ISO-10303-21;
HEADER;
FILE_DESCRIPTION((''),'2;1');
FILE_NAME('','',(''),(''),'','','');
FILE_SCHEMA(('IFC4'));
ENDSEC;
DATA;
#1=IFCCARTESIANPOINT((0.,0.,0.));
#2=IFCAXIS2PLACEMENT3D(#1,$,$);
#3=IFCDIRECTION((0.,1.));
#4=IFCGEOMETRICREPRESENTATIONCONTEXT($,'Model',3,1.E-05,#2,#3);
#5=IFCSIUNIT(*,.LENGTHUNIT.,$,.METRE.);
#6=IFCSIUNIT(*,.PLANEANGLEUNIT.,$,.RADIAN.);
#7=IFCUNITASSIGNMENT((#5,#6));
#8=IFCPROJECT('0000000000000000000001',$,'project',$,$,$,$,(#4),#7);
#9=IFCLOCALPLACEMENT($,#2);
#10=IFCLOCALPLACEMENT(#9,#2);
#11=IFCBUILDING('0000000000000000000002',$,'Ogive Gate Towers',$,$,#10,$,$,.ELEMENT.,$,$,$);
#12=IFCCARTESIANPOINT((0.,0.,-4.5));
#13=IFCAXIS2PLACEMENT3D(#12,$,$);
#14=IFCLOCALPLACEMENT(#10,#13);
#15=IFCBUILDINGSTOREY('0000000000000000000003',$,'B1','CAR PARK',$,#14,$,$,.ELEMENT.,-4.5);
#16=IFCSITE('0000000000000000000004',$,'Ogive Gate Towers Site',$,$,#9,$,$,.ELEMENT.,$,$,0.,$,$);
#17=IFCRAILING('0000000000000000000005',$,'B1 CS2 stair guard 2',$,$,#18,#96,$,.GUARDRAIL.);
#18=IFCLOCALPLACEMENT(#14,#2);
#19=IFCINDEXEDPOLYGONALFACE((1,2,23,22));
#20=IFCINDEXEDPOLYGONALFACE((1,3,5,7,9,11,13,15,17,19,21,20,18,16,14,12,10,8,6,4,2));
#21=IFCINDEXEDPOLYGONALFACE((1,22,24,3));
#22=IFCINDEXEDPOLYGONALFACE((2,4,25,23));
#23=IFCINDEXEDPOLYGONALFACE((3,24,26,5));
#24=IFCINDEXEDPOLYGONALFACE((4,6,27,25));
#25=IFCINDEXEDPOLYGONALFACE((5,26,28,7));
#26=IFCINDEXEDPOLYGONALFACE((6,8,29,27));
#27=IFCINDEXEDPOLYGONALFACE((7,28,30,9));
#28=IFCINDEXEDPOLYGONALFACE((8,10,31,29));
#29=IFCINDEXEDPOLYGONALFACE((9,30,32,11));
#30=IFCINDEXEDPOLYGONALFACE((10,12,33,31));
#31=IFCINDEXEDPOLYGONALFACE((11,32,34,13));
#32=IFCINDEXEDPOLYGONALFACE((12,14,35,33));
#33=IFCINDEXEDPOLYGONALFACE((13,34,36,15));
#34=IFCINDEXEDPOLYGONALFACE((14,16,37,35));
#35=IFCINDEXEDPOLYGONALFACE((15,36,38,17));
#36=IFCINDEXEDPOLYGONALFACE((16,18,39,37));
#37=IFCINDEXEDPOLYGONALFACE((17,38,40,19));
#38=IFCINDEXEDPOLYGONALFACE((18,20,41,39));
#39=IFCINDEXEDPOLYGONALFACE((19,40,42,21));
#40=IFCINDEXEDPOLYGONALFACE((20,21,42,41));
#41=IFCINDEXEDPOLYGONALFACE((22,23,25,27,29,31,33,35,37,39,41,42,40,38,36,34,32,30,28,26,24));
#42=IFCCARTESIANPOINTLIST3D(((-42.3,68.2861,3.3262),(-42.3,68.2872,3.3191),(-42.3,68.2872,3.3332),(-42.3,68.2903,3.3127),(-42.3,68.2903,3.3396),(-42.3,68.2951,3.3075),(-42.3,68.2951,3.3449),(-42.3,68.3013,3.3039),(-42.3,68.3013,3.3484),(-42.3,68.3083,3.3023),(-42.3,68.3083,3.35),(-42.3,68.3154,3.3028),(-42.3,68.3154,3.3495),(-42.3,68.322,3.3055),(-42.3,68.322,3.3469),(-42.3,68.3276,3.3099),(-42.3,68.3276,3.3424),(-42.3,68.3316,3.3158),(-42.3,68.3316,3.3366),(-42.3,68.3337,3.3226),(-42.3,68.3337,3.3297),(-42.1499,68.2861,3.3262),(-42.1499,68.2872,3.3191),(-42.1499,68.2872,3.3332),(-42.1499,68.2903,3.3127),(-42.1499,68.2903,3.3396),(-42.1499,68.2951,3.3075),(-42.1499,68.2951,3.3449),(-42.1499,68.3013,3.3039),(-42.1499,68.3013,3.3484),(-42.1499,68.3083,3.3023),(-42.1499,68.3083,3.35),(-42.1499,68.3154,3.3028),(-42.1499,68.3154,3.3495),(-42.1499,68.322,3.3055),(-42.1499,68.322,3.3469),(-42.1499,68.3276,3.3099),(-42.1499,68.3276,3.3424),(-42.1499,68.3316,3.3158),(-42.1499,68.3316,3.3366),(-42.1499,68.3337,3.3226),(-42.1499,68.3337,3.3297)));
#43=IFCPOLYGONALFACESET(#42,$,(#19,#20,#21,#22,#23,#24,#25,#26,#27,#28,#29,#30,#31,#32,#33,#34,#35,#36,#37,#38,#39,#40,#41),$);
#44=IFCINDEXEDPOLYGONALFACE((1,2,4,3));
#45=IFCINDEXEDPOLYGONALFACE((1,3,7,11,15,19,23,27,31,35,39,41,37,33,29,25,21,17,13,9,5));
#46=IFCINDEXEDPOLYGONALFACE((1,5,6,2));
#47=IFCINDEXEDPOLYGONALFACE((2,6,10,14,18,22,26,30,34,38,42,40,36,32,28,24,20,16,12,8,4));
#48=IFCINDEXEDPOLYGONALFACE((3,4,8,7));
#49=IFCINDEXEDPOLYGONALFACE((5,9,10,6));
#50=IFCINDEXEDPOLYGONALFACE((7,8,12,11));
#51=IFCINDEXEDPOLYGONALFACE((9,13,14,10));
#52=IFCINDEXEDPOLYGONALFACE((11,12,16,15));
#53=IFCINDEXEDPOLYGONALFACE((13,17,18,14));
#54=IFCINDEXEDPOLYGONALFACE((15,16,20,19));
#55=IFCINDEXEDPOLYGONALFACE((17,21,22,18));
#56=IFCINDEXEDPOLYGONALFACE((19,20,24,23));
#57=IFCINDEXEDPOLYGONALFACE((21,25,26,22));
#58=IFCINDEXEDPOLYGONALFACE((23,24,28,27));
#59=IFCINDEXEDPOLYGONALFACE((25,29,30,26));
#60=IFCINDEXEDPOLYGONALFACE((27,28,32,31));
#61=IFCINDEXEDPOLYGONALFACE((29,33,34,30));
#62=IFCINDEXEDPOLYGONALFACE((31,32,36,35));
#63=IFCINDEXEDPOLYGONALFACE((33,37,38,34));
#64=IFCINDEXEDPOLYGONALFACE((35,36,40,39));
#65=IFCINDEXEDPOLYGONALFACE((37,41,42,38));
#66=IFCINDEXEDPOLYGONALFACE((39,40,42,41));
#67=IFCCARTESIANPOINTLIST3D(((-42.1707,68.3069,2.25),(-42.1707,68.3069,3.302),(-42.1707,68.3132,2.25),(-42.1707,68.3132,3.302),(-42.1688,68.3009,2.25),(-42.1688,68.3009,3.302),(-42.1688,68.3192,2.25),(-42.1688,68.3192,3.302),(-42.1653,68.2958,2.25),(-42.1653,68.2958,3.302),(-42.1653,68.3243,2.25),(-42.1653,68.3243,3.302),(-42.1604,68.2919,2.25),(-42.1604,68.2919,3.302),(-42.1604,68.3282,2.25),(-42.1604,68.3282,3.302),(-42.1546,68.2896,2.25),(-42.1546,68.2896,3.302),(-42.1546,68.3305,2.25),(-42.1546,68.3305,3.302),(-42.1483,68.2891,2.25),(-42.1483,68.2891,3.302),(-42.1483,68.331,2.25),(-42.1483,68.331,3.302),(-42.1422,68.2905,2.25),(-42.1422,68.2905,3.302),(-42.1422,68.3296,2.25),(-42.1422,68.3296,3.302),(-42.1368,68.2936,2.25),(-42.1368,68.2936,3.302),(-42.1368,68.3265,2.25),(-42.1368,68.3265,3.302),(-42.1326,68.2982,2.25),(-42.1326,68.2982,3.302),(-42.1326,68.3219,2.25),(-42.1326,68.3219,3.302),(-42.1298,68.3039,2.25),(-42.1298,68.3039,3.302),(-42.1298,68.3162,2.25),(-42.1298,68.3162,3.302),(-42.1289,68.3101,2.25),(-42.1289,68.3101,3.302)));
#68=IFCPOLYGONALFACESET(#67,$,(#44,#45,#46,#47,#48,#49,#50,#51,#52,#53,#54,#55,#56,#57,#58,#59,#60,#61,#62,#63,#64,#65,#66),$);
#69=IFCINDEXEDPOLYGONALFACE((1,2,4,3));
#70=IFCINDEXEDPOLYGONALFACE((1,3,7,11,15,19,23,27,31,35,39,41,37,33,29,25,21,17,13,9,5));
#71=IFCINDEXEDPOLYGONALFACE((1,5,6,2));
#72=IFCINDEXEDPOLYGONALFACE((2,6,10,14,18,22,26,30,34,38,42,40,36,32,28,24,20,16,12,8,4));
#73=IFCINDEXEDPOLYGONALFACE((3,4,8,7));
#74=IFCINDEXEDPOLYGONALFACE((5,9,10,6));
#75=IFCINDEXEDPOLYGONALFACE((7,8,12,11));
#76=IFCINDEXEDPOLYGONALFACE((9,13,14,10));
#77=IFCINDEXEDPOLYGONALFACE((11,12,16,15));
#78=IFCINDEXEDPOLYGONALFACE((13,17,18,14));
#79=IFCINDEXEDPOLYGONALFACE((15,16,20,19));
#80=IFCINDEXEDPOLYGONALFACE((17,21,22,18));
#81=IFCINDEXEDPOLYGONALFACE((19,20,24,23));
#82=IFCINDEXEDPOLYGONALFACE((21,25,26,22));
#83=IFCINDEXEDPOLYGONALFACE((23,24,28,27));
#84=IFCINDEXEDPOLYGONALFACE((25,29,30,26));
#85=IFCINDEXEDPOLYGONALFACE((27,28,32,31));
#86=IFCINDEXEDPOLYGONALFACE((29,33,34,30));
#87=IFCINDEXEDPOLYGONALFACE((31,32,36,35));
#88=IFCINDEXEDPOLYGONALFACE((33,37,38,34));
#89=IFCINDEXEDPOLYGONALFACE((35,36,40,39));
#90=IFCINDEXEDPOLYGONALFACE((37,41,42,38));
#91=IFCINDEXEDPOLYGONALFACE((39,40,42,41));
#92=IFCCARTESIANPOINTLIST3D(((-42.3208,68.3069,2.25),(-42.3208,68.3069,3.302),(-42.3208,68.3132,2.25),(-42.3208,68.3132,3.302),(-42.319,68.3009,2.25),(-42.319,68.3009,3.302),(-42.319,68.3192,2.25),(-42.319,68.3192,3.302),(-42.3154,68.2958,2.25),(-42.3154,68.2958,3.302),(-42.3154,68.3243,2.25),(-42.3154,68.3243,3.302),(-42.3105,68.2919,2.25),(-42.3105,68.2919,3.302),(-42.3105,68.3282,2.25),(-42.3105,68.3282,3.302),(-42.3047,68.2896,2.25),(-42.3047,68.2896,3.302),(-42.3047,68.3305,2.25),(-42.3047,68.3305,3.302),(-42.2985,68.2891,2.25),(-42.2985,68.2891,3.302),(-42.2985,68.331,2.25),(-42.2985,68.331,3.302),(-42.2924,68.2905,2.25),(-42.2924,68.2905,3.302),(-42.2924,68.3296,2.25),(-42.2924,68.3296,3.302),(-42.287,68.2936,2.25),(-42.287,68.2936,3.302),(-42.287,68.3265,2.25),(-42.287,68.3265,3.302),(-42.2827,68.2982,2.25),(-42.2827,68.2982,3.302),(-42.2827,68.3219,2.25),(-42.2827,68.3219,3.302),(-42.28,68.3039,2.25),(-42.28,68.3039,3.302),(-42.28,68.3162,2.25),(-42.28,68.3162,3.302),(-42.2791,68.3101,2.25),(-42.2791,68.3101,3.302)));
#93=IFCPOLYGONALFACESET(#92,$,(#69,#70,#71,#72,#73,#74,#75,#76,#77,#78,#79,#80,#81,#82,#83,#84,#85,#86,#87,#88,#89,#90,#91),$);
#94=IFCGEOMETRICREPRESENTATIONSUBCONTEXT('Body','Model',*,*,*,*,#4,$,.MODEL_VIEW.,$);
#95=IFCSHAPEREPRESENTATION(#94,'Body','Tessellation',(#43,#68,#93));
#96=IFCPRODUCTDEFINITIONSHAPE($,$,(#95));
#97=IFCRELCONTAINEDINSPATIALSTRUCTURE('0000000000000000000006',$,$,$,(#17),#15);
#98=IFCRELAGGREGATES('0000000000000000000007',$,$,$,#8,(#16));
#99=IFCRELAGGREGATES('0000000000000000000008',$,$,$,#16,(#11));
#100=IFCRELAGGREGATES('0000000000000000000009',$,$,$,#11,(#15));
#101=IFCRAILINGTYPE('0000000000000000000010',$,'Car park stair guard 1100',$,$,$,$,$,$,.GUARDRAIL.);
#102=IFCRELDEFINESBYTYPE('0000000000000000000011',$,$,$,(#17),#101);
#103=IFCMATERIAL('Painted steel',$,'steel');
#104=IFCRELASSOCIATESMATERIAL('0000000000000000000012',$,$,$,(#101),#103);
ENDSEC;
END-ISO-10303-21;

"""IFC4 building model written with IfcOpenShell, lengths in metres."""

from ifc_helpers import new_model, si_unit, direction, frame, origin, origin_2d, place, context, subcontext, project, spatial, circle, extrude, material, type_object, element, save


model = new_model("IFC4")

# Units and contexts
model_context = context("Model", 3, precision=1e-05, world=origin(), true_north=direction((0.0, 1.0)))
body_context = subcontext(model_context, "Body", "Model", "MODEL_VIEW")
ifc_project = project(units=[si_unit("LENGTHUNIT", "METRE"), si_unit("PLANEANGLEUNIT", "RADIAN")], contexts=[model_context])

# Site, building, storey
site_placement = place(None, origin())
site = spatial("IfcSite", under=ifc_project, at=site_placement, Name="Ogive Gate Towers Site", CompositionType="ELEMENT", RefElevation=0.0)
building_placement = place(site_placement, origin())
building = spatial("IfcBuilding", under=site, at=building_placement, Name="Ogive Gate Towers", CompositionType="ELEMENT")
storey_placement = place(building_placement, frame((0.0, 0.0, -4.5)))
storey = spatial("IfcBuildingStorey", under=building, at=storey_placement, Name="B1", Description="CAR PARK", CompositionType="ELEMENT", Elevation=-4.5)

# Railing
ifc_material_1 = material(Name="Painted steel", Category="steel")
railing_type_1 = type_object("IfcRailingType", Name="Car park stair guard 1100", PredefinedType="GUARDRAIL", material=ifc_material_1)
railing_1_placement = place(storey_placement, frame((-42.1499, 68.3101, 2.25)))
element("IfcRailing", 1, at=railing_1_placement, inside=storey, type_object=railing_type_1, Name="B1 CS2 stair guard 2", PredefinedType="GUARDRAIL", context=body_context, shape_type="SweptSolid", body=[
    extrude(circle(Radius=0.0239, at=origin_2d()), frame((0.0, 0.0, 1.0762), z_axis=(-1.0, 0.0, 0.0), x_axis=(0.0, -1.0, 0.0)), (0.0, 0.0, 1.0), 0.1501),
    extrude(circle(Radius=0.021, at=origin_2d()), origin(), (0.0, 0.0, 1.0), 1.052),
    extrude(circle(Radius=0.021, at=origin_2d()), frame((-0.1501, 0.0, 0.0)), (0.0, 0.0, 1.0), 1.052),
])

save(model, "model.ifc")
